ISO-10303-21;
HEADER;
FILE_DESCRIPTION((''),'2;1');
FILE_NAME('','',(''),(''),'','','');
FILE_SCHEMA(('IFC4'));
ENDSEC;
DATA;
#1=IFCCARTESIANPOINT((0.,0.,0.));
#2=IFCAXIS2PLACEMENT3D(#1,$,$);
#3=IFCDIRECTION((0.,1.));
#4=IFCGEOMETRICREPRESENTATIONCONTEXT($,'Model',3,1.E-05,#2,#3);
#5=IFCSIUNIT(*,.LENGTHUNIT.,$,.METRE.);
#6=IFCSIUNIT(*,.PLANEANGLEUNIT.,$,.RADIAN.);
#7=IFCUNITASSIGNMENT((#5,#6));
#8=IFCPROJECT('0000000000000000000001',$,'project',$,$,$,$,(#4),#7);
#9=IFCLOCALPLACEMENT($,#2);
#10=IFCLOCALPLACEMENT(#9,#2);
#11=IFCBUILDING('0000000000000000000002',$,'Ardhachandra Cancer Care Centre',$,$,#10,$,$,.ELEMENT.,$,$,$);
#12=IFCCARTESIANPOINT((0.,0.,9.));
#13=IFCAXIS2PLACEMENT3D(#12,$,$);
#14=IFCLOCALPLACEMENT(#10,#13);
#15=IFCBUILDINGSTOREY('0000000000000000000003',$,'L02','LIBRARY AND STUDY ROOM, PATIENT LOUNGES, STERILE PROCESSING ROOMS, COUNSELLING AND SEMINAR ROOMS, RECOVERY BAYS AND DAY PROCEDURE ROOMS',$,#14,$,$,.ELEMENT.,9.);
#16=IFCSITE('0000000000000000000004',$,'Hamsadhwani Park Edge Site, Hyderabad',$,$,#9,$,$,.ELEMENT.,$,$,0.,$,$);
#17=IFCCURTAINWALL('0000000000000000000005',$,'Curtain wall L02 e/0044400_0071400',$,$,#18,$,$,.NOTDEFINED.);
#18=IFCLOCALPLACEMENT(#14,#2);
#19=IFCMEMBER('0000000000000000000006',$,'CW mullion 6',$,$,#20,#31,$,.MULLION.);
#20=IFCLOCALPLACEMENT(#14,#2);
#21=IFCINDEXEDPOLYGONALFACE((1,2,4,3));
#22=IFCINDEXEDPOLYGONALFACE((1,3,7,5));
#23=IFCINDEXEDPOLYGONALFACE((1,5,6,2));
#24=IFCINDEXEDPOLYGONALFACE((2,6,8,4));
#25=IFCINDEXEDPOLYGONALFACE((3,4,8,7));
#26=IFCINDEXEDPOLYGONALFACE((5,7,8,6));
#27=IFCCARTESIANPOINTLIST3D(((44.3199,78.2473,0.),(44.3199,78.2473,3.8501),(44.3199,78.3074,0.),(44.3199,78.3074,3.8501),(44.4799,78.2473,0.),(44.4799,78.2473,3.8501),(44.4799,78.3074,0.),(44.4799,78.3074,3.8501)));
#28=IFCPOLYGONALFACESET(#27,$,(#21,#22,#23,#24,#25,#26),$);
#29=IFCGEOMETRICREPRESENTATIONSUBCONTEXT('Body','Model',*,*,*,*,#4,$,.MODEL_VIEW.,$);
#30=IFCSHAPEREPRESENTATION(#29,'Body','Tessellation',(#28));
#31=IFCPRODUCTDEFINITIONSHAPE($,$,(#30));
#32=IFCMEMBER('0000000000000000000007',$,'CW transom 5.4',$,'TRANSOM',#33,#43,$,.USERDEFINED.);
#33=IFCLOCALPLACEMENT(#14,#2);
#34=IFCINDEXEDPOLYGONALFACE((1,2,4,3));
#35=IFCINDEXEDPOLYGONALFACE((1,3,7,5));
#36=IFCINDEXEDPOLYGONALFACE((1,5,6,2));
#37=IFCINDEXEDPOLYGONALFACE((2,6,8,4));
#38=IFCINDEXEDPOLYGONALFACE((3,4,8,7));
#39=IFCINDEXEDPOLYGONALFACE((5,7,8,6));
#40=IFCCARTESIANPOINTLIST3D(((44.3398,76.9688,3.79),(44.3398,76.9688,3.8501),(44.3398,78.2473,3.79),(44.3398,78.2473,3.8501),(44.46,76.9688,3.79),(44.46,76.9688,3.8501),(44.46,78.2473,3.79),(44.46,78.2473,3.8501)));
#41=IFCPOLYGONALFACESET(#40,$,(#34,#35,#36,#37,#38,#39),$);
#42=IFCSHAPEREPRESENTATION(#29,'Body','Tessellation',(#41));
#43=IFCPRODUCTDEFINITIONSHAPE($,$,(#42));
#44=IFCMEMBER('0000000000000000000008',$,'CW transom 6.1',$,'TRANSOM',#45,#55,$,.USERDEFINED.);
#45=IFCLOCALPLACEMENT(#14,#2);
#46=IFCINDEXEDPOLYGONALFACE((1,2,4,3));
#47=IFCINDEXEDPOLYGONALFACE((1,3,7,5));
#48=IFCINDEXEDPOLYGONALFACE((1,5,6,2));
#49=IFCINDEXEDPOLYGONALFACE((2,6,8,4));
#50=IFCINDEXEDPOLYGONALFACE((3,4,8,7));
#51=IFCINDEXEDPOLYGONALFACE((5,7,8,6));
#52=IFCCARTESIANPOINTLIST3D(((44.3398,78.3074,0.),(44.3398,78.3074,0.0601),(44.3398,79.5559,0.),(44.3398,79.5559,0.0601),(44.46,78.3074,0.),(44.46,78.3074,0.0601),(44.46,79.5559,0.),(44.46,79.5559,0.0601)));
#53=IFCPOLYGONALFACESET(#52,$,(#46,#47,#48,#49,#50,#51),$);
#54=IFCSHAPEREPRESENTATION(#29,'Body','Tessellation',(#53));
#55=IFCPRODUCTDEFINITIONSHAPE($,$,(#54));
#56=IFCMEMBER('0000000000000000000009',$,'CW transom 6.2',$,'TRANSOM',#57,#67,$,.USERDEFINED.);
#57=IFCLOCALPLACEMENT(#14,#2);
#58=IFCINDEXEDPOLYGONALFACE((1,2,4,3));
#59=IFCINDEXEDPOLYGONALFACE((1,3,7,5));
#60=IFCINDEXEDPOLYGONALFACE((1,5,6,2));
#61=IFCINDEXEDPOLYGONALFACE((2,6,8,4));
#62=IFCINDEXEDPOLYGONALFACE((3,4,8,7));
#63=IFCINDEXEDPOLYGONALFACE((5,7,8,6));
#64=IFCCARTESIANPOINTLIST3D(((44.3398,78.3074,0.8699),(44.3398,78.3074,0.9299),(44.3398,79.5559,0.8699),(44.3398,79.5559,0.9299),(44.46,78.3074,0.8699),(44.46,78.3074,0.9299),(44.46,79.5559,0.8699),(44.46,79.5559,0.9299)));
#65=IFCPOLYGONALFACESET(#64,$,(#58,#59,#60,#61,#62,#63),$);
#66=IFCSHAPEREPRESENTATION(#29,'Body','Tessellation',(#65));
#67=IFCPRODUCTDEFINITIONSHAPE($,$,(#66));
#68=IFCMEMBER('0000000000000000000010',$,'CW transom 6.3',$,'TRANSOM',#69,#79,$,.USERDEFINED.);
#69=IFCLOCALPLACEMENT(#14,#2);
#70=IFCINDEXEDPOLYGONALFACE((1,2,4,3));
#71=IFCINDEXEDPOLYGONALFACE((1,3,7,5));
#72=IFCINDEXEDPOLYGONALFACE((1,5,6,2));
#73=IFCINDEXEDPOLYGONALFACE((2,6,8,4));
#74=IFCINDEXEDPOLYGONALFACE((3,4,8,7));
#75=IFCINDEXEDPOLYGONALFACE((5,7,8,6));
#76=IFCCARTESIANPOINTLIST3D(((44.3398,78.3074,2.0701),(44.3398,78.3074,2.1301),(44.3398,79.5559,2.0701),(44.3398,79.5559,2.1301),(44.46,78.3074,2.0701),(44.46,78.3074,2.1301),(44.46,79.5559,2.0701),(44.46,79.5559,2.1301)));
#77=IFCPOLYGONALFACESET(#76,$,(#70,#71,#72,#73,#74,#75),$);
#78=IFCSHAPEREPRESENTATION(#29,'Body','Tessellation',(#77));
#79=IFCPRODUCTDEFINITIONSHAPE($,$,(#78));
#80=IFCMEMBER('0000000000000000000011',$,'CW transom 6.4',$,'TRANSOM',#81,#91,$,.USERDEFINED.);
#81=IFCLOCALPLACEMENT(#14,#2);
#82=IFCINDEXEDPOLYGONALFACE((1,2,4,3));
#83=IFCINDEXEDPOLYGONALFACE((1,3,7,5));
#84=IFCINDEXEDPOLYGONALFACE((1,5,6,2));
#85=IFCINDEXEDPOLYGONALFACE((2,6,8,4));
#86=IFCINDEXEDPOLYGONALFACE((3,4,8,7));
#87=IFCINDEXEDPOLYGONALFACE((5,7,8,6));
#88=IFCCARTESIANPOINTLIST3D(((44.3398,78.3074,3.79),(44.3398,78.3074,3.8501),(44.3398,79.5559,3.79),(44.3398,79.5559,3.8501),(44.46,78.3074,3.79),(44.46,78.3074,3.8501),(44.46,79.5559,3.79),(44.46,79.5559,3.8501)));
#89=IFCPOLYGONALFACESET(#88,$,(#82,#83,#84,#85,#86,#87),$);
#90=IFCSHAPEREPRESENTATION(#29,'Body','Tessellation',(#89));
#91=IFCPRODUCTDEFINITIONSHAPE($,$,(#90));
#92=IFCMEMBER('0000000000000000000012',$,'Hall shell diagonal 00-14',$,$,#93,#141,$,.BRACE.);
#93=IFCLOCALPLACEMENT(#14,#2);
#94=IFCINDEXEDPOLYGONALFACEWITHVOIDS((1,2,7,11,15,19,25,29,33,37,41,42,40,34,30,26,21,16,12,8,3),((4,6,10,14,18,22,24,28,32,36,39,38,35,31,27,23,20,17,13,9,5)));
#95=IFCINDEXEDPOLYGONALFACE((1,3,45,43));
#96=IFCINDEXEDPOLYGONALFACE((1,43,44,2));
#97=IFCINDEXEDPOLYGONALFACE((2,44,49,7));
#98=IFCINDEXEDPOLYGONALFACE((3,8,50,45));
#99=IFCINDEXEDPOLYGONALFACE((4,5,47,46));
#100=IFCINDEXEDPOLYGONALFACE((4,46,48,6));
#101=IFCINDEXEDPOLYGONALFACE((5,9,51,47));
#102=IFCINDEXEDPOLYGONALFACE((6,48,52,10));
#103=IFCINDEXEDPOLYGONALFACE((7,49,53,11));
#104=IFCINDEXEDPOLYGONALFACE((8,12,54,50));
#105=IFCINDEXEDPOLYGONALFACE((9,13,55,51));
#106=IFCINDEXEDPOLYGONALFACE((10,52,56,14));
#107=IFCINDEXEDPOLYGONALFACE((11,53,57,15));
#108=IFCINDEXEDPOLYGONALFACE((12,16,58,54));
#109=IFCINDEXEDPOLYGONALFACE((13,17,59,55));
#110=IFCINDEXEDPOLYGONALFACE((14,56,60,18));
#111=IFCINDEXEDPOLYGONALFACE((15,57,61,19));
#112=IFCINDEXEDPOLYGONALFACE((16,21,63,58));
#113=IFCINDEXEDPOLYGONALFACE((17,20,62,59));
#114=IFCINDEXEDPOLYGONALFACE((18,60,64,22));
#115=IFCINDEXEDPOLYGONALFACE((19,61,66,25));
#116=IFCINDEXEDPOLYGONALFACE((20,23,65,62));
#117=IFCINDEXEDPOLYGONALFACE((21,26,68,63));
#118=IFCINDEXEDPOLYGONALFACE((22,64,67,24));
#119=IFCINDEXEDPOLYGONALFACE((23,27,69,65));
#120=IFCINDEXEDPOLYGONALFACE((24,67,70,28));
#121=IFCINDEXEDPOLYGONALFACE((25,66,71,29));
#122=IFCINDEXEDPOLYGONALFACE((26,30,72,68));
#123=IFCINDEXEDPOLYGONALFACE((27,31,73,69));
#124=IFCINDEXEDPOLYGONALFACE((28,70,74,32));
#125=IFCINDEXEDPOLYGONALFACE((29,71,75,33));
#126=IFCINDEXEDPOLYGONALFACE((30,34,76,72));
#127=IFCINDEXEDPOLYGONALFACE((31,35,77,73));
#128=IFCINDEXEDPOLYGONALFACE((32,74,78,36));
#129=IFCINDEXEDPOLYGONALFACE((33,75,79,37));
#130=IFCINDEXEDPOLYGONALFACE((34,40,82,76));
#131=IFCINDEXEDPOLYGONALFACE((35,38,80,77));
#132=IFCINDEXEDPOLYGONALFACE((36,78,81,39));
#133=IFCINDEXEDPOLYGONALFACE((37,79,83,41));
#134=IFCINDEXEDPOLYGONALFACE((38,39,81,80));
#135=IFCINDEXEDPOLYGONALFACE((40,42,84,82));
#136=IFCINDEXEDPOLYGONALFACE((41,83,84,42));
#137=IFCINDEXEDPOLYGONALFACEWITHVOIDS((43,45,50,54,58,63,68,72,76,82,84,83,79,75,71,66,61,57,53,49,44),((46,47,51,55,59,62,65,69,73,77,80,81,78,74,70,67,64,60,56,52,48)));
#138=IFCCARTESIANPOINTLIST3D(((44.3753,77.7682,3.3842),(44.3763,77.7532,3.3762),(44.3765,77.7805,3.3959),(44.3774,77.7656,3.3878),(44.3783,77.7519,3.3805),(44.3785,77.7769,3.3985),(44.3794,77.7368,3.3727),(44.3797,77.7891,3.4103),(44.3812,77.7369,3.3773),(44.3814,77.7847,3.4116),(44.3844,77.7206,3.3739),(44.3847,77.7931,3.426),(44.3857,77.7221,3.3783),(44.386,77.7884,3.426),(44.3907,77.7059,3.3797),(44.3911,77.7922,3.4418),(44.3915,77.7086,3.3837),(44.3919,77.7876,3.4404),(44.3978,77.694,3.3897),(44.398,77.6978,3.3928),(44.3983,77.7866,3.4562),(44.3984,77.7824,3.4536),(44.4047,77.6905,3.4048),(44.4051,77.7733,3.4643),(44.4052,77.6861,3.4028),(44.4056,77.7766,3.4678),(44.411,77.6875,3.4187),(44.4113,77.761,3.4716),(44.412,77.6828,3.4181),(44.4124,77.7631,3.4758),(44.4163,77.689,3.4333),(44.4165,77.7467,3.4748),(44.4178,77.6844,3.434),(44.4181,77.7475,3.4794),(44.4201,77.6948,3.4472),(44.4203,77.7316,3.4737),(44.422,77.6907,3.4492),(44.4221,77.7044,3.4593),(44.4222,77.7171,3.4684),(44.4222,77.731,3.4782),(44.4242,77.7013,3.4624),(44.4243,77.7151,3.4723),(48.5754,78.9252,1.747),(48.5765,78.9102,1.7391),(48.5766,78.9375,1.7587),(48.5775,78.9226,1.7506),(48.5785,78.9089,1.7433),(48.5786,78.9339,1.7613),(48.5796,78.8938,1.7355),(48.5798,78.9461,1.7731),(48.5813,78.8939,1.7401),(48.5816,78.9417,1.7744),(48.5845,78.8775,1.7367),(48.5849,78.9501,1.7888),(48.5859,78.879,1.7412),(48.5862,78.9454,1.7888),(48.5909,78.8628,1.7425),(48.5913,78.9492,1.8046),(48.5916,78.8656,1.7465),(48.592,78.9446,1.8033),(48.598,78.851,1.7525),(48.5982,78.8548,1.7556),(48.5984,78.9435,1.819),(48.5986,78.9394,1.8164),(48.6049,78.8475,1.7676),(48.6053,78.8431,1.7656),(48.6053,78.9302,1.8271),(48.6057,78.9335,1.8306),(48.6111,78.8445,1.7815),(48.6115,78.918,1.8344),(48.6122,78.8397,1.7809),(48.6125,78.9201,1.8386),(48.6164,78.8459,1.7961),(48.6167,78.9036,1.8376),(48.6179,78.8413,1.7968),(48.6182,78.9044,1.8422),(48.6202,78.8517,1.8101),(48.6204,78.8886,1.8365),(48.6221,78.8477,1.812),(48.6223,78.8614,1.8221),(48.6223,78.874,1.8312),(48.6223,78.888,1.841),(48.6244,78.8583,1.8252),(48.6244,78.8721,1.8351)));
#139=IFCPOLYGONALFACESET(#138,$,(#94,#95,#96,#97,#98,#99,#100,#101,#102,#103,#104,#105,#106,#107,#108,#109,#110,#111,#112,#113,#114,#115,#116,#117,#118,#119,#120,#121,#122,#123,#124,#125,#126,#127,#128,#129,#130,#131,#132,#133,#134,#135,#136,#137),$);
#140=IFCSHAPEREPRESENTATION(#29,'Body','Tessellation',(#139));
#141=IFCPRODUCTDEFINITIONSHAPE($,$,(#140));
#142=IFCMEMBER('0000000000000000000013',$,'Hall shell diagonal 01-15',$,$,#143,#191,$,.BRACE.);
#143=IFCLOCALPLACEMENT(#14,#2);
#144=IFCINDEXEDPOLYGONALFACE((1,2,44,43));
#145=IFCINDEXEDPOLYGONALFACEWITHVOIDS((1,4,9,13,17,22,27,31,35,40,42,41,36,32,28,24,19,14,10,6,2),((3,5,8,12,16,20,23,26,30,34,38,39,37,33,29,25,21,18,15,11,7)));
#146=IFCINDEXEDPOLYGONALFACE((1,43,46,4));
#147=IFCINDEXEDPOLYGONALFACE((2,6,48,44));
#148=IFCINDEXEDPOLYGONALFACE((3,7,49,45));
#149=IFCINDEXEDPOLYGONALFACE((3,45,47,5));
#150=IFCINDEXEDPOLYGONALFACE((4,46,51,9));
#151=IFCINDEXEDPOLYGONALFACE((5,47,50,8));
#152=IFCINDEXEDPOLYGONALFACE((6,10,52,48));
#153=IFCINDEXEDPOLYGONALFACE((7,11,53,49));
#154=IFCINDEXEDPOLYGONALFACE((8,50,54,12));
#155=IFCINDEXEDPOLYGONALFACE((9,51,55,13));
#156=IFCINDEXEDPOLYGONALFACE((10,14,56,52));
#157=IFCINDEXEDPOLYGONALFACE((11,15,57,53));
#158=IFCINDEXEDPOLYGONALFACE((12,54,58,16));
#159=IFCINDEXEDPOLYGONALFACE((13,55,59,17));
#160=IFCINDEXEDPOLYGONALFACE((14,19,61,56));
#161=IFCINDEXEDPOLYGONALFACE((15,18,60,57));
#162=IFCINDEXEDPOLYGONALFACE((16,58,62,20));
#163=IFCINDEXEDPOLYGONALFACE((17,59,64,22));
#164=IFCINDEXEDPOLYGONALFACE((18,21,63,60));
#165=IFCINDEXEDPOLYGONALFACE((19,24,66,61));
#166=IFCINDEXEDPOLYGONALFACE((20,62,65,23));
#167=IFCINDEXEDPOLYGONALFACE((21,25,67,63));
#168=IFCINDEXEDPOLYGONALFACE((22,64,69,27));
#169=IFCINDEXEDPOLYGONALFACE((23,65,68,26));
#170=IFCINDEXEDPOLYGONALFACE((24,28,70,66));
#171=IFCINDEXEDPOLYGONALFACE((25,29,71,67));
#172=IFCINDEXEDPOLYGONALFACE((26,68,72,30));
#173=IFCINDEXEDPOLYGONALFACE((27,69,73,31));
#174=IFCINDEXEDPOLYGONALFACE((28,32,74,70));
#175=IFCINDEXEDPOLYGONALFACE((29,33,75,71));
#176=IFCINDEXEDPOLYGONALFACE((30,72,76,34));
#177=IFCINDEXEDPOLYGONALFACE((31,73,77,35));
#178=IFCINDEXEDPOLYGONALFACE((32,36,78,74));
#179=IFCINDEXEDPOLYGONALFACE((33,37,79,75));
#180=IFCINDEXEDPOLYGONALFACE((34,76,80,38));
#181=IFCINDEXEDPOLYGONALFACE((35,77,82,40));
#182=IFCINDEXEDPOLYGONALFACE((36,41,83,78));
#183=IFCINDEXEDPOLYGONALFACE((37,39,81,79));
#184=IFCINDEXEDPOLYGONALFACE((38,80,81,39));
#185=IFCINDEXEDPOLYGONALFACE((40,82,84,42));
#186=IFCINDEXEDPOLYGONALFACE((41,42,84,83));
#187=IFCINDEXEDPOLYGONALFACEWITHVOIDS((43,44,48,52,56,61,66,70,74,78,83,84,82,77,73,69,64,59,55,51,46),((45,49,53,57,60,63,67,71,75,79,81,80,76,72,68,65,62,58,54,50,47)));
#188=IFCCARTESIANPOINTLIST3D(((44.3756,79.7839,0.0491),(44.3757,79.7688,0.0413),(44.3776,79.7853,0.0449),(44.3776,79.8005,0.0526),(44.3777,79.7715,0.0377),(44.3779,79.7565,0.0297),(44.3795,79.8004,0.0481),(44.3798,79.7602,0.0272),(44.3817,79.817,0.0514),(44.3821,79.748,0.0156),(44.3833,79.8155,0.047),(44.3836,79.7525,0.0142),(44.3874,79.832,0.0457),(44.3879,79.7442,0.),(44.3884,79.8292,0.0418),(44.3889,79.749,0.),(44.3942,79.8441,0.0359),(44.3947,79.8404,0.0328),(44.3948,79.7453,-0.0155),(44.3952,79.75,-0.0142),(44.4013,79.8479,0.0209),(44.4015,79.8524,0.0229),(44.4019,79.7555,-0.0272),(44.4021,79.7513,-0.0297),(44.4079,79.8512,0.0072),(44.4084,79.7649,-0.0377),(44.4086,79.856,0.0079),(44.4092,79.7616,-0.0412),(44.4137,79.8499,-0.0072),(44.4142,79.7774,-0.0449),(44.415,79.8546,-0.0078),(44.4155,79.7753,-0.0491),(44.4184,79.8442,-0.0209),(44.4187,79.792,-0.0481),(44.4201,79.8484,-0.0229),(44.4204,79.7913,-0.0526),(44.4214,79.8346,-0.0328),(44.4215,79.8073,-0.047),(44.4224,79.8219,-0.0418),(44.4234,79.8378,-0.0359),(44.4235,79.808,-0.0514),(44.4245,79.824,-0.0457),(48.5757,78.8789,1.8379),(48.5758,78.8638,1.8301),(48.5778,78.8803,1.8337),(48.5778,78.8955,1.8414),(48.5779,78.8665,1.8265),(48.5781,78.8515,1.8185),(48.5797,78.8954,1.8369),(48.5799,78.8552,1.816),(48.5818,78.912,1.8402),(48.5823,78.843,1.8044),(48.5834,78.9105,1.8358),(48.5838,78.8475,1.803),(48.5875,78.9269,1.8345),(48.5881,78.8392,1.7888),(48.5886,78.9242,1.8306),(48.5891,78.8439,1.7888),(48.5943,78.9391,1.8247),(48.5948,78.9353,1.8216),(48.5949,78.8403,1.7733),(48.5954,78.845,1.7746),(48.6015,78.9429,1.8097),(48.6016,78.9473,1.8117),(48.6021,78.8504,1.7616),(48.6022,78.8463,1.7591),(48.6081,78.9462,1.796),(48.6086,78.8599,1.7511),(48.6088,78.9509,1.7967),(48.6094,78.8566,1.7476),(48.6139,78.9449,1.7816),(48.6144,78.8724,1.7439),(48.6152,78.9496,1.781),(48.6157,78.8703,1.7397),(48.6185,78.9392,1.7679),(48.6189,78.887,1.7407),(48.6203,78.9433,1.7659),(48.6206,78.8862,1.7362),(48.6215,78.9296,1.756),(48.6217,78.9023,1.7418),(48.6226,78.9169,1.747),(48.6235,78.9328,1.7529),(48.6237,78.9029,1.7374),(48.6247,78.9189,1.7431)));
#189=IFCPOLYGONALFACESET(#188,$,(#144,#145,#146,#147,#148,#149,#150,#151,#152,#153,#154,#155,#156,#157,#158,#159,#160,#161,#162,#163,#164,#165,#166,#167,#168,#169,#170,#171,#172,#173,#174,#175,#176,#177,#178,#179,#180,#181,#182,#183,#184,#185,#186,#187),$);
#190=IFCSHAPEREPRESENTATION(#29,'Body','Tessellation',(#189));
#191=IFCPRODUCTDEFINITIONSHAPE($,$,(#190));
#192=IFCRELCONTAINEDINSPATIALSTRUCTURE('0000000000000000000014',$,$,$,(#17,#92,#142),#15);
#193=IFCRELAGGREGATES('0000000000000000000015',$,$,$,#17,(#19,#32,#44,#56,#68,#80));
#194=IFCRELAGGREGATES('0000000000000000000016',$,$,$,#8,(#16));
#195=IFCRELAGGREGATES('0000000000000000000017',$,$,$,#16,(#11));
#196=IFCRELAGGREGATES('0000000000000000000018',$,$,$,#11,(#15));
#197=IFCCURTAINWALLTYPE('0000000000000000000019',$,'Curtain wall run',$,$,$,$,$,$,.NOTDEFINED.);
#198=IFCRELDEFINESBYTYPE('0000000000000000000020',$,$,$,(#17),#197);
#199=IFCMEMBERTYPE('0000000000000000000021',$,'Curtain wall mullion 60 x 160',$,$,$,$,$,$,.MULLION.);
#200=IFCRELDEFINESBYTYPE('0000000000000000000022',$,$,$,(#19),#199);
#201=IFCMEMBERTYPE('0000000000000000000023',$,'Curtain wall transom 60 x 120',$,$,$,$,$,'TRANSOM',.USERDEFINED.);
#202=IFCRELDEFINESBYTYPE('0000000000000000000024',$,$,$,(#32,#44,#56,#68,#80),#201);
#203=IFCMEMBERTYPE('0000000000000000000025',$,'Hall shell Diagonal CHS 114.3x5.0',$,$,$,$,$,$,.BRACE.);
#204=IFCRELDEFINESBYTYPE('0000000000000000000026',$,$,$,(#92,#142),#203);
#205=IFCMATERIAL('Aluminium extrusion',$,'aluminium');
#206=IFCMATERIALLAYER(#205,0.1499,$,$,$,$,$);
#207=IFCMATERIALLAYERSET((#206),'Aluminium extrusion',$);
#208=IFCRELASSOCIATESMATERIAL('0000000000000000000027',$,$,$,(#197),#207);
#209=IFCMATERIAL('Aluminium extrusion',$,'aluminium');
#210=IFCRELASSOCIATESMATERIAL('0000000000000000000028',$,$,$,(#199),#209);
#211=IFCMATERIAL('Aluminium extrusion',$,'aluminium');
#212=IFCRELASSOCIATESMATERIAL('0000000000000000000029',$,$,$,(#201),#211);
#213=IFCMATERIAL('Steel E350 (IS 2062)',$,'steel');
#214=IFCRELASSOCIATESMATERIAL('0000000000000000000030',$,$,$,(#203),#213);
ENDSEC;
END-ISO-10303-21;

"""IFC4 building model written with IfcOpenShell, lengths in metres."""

from ifc_helpers import new_model, si_unit, direction, frame, origin, origin_2d, place, context, subcontext, project, spatial, rectangle, hollow_circle, extrude, material, layer, layer_set, material_profile, profile_set, type_object, element, aggregate, save


model = new_model("IFC4")

# Units and contexts
model_context = context("Model", 3, precision=1e-05, world=origin(), true_north=direction((0.0, 1.0)))
body_context = subcontext(model_context, "Body", "Model", "MODEL_VIEW")
ifc_project = project(units=[si_unit("LENGTHUNIT", "METRE"), si_unit("PLANEANGLEUNIT", "RADIAN")], contexts=[model_context])

# Site, building, storey
site_placement = place(None, origin())
site = spatial("IfcSite", under=ifc_project, at=site_placement, Name="Hamsadhwani Park Edge Site, Hyderabad", CompositionType="ELEMENT", RefElevation=0.0)
building_placement = place(site_placement, origin())
building = spatial("IfcBuilding", under=site, at=building_placement, Name="Ardhachandra Cancer Care Centre", CompositionType="ELEMENT")
storey_placement = place(building_placement, frame((0.0, 0.0, 9.0)))
storey = spatial("IfcBuildingStorey", under=building, at=storey_placement, Name="L02", Description="LIBRARY AND STUDY ROOM, PATIENT LOUNGES, STERILE PROCESSING ROOMS, COUNSELLING AND SEMINAR ROOMS, RECOVERY BAYS AND DAY PROCEDURE ROOMS", CompositionType="ELEMENT", Elevation=9.0)

# Curtain wall, members
ifc_material_1 = material(Name="Aluminium extrusion", Category="aluminium")
ifc_layer_1 = layer(ifc_material_1, 0.1499)
ifc_layer_set_1 = layer_set([ifc_layer_1], Name="Aluminium extrusion")
curtain_wall_type = type_object("IfcCurtainWallType", Name="Curtain wall run", PredefinedType="NOTDEFINED", material=ifc_layer_set_1)
curtain_wall_placement = place(storey_placement, origin())
curtain_wall = element("IfcCurtainWall", 1, at=curtain_wall_placement, inside=storey, type_object=curtain_wall_type, Name="Curtain wall L02 e/0044400_0071400", PredefinedType="NOTDEFINED")
ifc_material_2 = material(Name="Aluminium extrusion", Category="aluminium")
ifc_material_profile_1 = material_profile(ifc_material_2, rectangle(XDim=0.1599, YDim=0.0601, at=origin_2d()), Name="Curtain wall mullion 60 x 160")
ifc_profile_set_1 = profile_set([ifc_material_profile_1], Name="Aluminium extrusion")
member_type_1 = type_object("IfcMemberType", Name="Curtain wall mullion 60 x 160", PredefinedType="MULLION", material=ifc_profile_set_1)
member_1_placement = place(storey_placement, frame((44.3999, 78.2773, 0.0), z_axis=(0.0, 0.0, 1.0), x_axis=(-1.0, 0.0, 0.0)))
member_1 = element("IfcMember", 2, at=member_1_placement, type_object=member_type_1, Name="CW mullion 6", PredefinedType="MULLION", context=body_context, shape_type="SweptSolid", body=[
    extrude(rectangle(XDim=0.1599, YDim=0.0601, at=origin_2d()), origin(), (0.0, 0.0, 1.0), 3.8501),
])
ifc_material_3 = material(Name="Aluminium extrusion", Category="aluminium")
ifc_material_profile_2 = material_profile(ifc_material_3, rectangle(XDim=0.1201, YDim=0.0601, at=origin_2d()), Name="Curtain wall transom 60 x 120")
ifc_profile_set_2 = profile_set([ifc_material_profile_2], Name="Aluminium extrusion")
member_type_2 = type_object("IfcMemberType", Name="Curtain wall transom 60 x 120", ElementType="TRANSOM", PredefinedType="USERDEFINED", material=ifc_profile_set_2)
member_2_placement = place(storey_placement, frame((44.3999, 76.9688, 3.8201), z_axis=(0.0, 1.0, 0.0), x_axis=(-1.0, 0.0, 0.0)))
member_2 = element("IfcMember", 3, at=member_2_placement, type_object=member_type_2, Name="CW transom 5.4", ObjectType="TRANSOM", PredefinedType="USERDEFINED", context=body_context, shape_type="SweptSolid", body=[
    extrude(rectangle(XDim=0.1201, YDim=0.0601, at=origin_2d()), origin(), (0.0, 0.0, 1.0), 1.2786),
])
member_3_placement = place(storey_placement, frame((44.3999, 78.3074, 0.03), z_axis=(0.0, 1.0, 0.0), x_axis=(-1.0, 0.0, 0.0)))
member_3 = element("IfcMember", 4, at=member_3_placement, type_object=member_type_2, Name="CW transom 6.1", ObjectType="TRANSOM", PredefinedType="USERDEFINED", context=body_context, shape_type="SweptSolid", body=[
    extrude(rectangle(XDim=0.1201, YDim=0.0601, at=origin_2d()), origin(), (0.0, 0.0, 1.0), 1.2485),
])
member_4_placement = place(storey_placement, frame((44.3999, 78.3074, 0.8999), z_axis=(0.0, 1.0, 0.0), x_axis=(-1.0, 0.0, 0.0)))
member_4 = element("IfcMember", 5, at=member_4_placement, type_object=member_type_2, Name="CW transom 6.2", ObjectType="TRANSOM", PredefinedType="USERDEFINED", context=body_context, shape_type="SweptSolid", body=[
    extrude(rectangle(XDim=0.1201, YDim=0.0601, at=origin_2d()), origin(), (0.0, 0.0, 1.0), 1.2485),
])
member_5_placement = place(storey_placement, frame((44.3999, 78.3074, 2.1001), z_axis=(0.0, 1.0, 0.0), x_axis=(-1.0, 0.0, 0.0)))
member_5 = element("IfcMember", 6, at=member_5_placement, type_object=member_type_2, Name="CW transom 6.3", ObjectType="TRANSOM", PredefinedType="USERDEFINED", context=body_context, shape_type="SweptSolid", body=[
    extrude(rectangle(XDim=0.1201, YDim=0.0601, at=origin_2d()), origin(), (0.0, 0.0, 1.0), 1.2485),
])
member_6_placement = place(storey_placement, frame((44.3999, 78.3074, 3.8201), z_axis=(0.0, 1.0, 0.0), x_axis=(-1.0, 0.0, 0.0)))
member_6 = element("IfcMember", 7, at=member_6_placement, type_object=member_type_2, Name="CW transom 6.4", ObjectType="TRANSOM", PredefinedType="USERDEFINED", context=body_context, shape_type="SweptSolid", body=[
    extrude(rectangle(XDim=0.1201, YDim=0.0601, at=origin_2d()), origin(), (0.0, 0.0, 1.0), 1.2485),
])

# Members
ifc_material_4 = material(Name="Steel E350 (IS 2062)", Category="steel")
ifc_material_profile_3 = material_profile(ifc_material_4, hollow_circle(Radius=0.0571, WallThickness=0.0049, at=origin_2d()), Name="CHS 114.3x5.0")
ifc_profile_set_3 = profile_set([ifc_material_profile_3], Name="Steel E350 (IS 2062)")
member_type_3 = type_object("IfcMemberType", Name="Hall shell Diagonal CHS 114.3x5.0", PredefinedType="BRACE", material=ifc_profile_set_3)
for number, where, z_axis, x_axis, name in (
    (8, (44.3999, 77.738, 3.426), (0.902471, 0.248594, -0.351777), (-0.265568, 0.964092, 0.0), "Hall shell diagonal 00-14"),
    (9, (48.6001, 78.895, 1.7888), (-0.902473, 0.194459, -0.384354), (-0.210639, -0.977564, 0.0), "Hall shell diagonal 01-15"),
):
    element("IfcMember", number, at=place(storey_placement, frame(where, z_axis=z_axis, x_axis=x_axis)), inside=storey, type_object=member_type_3, Name=name, PredefinedType="BRACE", context=body_context, shape_type="SweptSolid", body=[
        extrude(hollow_circle(Radius=0.0571, WallThickness=0.0049, at=origin_2d()), origin(), (0.0, 0.0, 1.0), 4.6541),
    ])

aggregate(curtain_wall, [member_1, member_2, member_3, member_4, member_5, member_6])

save(model, "model.ifc")
